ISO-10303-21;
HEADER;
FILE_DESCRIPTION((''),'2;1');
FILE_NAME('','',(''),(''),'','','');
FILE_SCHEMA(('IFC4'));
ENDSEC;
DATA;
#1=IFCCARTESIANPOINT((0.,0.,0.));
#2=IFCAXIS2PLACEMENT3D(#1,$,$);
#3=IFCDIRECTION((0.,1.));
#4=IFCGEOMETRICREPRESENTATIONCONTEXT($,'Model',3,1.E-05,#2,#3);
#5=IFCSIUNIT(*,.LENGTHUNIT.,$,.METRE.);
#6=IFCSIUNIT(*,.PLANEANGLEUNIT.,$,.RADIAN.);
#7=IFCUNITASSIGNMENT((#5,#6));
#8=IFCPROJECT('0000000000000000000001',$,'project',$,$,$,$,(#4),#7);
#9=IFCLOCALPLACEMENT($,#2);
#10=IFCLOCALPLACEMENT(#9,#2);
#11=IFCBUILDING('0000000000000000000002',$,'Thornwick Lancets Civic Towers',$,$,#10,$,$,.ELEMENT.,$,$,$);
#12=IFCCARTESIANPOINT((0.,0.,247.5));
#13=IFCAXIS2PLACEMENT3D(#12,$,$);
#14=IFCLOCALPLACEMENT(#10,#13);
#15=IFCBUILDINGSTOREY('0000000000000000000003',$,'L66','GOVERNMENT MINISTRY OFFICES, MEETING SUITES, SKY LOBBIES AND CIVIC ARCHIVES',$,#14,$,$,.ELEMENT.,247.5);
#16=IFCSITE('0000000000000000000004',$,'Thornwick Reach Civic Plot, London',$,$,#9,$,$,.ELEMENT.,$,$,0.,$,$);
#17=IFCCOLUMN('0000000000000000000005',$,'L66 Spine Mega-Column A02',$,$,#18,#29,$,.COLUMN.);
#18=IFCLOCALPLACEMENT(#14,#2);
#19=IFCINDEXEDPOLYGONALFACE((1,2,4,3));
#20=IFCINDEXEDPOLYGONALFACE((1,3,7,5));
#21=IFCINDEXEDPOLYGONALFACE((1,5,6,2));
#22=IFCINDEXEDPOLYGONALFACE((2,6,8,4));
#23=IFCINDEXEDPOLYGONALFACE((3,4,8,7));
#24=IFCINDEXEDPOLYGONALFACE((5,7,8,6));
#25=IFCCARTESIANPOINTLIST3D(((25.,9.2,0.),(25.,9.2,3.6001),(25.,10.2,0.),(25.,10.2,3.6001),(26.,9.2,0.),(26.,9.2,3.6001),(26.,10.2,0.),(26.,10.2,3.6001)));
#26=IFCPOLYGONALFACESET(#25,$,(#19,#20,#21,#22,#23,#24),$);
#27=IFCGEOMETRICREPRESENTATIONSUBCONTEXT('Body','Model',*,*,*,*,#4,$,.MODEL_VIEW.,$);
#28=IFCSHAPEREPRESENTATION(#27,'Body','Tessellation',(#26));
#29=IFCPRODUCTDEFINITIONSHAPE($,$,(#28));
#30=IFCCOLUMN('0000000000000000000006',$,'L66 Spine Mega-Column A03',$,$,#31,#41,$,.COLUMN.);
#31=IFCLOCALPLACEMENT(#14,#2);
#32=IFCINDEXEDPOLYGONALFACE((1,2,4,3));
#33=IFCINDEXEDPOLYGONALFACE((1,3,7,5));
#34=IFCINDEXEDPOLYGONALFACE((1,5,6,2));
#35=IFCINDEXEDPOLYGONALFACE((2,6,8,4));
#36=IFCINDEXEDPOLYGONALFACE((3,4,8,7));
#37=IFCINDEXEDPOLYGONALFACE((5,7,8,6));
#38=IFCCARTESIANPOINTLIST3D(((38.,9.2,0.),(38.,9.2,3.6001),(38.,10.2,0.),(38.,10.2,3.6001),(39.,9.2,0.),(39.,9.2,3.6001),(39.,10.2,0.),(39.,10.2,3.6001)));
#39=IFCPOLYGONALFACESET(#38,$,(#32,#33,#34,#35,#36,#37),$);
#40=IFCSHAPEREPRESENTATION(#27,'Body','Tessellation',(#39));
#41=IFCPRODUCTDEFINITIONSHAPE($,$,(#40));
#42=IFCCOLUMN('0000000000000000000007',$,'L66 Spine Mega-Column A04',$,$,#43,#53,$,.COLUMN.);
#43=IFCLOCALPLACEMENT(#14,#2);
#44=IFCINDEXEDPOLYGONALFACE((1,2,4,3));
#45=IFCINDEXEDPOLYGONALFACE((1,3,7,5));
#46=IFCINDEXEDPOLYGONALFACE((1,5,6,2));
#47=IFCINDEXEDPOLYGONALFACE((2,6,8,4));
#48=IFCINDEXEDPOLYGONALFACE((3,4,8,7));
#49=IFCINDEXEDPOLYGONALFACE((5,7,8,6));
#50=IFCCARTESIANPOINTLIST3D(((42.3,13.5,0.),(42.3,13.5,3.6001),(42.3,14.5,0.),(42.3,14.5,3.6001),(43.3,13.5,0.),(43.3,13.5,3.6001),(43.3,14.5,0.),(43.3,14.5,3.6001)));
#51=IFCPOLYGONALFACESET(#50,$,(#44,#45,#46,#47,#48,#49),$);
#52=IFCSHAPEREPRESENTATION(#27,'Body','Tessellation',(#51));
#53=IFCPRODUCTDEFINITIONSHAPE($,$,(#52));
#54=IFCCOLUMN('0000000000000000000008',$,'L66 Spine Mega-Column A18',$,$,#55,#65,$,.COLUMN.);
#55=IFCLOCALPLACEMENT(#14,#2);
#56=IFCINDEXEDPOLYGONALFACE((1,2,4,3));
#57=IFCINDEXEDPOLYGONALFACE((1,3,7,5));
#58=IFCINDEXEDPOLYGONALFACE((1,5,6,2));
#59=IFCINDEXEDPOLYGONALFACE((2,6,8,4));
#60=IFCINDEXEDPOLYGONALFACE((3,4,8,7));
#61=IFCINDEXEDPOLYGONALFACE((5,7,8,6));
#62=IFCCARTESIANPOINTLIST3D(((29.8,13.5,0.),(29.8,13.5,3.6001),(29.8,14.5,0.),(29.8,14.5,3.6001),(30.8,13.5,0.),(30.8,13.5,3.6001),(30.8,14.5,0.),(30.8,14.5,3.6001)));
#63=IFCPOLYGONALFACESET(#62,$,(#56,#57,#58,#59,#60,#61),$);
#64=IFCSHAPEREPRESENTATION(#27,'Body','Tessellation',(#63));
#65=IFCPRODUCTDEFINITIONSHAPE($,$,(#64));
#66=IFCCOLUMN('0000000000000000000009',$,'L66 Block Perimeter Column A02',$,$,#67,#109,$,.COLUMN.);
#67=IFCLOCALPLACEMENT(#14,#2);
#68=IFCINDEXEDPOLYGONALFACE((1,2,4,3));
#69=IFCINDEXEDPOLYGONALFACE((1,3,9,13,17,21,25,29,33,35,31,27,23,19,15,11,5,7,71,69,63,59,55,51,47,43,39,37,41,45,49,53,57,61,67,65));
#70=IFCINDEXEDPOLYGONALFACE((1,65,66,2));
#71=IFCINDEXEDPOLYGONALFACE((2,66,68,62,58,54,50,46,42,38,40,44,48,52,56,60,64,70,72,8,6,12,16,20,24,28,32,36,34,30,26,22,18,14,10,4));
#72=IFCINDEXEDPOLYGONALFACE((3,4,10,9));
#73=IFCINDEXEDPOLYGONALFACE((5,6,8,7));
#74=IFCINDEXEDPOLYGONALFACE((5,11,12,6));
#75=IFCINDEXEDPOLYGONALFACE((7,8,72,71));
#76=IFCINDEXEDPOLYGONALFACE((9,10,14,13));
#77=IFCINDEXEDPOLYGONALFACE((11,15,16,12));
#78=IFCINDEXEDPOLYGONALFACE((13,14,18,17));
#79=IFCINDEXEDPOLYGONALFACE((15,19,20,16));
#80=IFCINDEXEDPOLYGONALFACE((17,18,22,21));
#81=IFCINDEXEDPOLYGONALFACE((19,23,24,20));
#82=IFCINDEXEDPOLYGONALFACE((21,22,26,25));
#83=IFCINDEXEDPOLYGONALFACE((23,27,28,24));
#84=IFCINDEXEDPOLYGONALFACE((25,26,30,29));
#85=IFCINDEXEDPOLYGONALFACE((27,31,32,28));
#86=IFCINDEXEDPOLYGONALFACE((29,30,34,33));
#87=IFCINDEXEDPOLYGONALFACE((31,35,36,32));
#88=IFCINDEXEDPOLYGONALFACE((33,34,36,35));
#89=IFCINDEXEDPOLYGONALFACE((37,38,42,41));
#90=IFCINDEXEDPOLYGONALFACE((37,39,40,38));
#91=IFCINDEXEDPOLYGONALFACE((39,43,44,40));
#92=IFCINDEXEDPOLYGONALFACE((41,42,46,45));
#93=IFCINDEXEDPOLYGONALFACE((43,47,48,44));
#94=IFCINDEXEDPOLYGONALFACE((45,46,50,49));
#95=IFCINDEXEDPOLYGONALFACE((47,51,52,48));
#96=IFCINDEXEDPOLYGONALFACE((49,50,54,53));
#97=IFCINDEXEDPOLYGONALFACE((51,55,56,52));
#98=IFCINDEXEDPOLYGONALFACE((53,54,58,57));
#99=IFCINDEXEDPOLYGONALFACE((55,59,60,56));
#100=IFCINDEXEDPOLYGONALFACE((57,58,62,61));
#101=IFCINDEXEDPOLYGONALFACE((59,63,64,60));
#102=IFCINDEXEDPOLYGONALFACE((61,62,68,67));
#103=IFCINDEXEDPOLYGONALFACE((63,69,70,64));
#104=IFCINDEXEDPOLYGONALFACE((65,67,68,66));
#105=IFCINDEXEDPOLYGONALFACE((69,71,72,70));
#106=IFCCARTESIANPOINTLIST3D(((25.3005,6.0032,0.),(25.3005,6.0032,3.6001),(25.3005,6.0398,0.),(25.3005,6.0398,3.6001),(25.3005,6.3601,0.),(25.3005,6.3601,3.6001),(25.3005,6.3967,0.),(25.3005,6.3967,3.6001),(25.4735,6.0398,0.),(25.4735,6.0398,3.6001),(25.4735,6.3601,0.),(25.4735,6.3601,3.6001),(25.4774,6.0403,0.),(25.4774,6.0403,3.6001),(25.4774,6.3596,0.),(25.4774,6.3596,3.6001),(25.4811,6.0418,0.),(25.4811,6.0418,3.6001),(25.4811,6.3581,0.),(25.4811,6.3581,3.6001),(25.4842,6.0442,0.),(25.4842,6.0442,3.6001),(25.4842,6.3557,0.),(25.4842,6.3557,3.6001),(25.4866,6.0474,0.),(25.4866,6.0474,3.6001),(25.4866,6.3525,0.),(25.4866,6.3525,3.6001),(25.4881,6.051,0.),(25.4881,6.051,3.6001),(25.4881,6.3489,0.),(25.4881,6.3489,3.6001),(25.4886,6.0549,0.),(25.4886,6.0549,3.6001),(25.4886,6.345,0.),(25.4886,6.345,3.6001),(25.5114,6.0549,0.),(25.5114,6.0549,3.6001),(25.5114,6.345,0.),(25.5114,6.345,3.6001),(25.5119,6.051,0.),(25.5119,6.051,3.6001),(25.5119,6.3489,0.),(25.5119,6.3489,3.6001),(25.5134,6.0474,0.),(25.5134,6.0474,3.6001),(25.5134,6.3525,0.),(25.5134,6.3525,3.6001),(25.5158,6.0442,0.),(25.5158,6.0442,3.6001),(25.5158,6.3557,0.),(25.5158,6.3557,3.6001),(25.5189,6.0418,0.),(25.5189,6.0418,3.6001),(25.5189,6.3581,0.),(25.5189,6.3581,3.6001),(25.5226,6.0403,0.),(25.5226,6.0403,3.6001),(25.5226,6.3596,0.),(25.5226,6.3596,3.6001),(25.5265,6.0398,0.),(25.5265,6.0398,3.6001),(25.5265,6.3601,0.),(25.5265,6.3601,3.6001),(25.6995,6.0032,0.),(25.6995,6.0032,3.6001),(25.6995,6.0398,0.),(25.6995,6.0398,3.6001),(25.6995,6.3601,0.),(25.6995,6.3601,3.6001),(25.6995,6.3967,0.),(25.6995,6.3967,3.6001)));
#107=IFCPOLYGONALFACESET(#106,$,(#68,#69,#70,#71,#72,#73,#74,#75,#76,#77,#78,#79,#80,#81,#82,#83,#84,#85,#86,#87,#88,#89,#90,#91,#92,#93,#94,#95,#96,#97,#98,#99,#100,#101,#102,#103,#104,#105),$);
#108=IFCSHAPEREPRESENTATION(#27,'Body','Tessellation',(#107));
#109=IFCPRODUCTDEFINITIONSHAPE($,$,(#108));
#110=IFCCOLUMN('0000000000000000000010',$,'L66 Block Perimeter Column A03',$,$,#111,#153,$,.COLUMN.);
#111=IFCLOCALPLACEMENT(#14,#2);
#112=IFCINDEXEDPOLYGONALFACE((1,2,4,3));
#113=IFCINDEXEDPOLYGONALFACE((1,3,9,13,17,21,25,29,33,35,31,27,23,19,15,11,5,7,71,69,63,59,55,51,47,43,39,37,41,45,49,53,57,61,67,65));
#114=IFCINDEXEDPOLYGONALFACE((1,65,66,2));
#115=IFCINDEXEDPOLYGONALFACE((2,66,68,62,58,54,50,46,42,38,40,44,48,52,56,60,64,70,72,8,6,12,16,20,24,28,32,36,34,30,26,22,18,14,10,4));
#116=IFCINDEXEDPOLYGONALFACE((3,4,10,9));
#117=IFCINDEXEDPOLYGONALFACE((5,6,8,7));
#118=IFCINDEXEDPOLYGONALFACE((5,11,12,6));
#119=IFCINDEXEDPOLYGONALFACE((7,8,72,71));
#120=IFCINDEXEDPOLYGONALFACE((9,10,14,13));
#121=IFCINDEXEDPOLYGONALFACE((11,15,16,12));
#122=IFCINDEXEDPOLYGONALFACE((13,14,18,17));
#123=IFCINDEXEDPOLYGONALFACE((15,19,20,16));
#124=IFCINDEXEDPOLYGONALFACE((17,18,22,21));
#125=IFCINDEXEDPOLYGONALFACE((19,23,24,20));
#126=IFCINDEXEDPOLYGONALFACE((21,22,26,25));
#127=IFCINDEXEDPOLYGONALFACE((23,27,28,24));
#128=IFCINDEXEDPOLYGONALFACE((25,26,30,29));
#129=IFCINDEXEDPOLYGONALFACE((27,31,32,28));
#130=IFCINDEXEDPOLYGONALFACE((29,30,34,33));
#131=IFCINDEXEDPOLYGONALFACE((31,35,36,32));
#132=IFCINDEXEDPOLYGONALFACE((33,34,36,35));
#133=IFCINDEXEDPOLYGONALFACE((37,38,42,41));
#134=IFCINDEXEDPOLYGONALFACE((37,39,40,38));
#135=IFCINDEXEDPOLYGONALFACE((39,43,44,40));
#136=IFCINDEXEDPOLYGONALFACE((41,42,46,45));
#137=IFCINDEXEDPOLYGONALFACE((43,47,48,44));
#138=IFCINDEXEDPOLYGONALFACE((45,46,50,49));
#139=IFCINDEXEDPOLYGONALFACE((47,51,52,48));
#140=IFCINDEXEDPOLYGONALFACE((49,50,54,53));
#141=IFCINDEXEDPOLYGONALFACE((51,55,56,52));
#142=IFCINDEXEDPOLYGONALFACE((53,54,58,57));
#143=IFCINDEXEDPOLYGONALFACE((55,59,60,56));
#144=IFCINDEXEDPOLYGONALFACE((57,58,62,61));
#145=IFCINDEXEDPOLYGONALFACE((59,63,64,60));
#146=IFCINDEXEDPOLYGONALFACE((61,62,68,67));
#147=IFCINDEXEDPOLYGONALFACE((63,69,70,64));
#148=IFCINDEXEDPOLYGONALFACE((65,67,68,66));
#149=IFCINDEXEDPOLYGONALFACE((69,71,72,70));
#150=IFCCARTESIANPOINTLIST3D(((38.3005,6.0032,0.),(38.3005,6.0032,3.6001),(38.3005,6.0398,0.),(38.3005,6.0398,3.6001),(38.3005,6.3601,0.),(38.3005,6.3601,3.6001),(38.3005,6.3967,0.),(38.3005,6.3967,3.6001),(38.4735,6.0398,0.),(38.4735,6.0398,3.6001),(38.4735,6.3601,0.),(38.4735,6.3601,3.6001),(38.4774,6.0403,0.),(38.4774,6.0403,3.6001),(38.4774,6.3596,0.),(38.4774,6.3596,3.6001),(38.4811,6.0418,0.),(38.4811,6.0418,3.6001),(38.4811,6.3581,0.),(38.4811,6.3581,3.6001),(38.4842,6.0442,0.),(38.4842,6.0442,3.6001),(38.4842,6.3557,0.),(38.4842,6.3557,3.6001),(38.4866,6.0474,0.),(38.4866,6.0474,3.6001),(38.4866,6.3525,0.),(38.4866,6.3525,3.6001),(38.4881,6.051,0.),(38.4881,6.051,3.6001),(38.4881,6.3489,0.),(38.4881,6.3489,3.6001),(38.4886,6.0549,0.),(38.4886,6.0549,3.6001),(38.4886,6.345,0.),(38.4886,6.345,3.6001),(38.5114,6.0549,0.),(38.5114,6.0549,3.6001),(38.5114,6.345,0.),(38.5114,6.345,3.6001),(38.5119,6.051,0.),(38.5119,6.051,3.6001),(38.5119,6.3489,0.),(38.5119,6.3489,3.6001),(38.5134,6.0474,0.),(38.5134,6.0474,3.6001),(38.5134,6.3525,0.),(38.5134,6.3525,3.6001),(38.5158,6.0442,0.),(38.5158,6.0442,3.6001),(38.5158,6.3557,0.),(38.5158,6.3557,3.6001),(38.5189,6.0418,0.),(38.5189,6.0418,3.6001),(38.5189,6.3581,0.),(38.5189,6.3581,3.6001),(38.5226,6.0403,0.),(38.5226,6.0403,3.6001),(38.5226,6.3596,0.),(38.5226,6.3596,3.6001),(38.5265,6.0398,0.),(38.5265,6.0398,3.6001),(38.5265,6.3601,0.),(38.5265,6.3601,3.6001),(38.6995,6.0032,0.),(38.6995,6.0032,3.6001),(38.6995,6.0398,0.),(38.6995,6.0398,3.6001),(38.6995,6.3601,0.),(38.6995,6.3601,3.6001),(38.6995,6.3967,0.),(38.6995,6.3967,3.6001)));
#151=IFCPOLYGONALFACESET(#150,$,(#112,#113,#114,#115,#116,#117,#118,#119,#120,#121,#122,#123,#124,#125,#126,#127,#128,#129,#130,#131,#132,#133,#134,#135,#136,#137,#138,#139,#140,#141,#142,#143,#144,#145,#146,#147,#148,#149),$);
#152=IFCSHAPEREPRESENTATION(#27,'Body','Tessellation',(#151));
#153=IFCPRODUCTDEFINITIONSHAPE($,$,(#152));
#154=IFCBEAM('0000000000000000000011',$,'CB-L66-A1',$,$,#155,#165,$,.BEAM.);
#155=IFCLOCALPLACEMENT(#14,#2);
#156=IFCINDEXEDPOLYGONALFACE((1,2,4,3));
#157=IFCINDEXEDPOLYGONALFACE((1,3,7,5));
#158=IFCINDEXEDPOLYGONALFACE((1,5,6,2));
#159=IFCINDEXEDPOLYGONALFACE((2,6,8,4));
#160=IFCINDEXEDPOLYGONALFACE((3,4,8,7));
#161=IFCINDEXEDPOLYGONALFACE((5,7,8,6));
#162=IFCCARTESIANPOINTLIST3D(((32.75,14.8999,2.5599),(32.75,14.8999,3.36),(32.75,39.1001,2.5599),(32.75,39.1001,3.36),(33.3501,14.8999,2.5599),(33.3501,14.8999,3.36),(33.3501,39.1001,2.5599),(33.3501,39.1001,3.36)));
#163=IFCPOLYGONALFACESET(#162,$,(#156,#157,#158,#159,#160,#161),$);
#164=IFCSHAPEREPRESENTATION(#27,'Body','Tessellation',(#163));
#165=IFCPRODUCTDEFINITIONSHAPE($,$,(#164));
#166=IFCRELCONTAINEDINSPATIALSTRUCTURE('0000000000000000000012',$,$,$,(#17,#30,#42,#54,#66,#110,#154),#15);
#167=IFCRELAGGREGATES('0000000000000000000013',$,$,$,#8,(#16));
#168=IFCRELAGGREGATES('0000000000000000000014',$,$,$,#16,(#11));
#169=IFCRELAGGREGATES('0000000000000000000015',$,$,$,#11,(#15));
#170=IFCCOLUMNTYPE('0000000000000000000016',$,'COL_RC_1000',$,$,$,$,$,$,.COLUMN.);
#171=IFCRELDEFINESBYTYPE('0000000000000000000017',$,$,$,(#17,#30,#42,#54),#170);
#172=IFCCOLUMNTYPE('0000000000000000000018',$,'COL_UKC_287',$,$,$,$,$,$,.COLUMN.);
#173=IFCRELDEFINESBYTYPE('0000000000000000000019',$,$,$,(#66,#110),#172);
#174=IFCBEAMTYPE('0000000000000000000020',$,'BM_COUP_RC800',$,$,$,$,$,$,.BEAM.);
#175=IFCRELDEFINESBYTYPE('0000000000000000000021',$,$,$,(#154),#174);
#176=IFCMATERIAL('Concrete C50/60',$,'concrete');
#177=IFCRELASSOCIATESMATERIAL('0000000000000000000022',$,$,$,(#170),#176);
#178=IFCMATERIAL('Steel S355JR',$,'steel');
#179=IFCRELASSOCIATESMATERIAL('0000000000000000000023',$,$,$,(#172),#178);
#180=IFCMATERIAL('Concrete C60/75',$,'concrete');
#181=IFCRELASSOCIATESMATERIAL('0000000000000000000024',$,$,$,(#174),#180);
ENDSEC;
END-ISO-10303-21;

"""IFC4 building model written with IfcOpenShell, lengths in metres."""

from ifc_helpers import new_model, si_unit, direction, frame, origin, origin_2d, place, context, subcontext, project, spatial, rectangle, i_section, extrude, material, material_profile, profile_set, type_object, element, save


model = new_model("IFC4")

# Units and contexts
model_context = context("Model", 3, precision=1e-05, world=origin(), true_north=direction((0.0, 1.0)))
body_context = subcontext(model_context, "Body", "Model", "MODEL_VIEW")
ifc_project = project(units=[si_unit("LENGTHUNIT", "METRE"), si_unit("PLANEANGLEUNIT", "RADIAN")], contexts=[model_context])

# Site, building, storey
site_placement = place(None, origin())
site = spatial("IfcSite", under=ifc_project, at=site_placement, Name="Thornwick Reach Civic Plot, London", CompositionType="ELEMENT", RefElevation=0.0)
building_placement = place(site_placement, origin())
building = spatial("IfcBuilding", under=site, at=building_placement, Name="Thornwick Lancets Civic Towers", CompositionType="ELEMENT")
storey_placement = place(building_placement, frame((0.0, 0.0, 247.5)))
storey = spatial("IfcBuildingStorey", under=building, at=storey_placement, Name="L66", Description="GOVERNMENT MINISTRY OFFICES, MEETING SUITES, SKY LOBBIES AND CIVIC ARCHIVES", CompositionType="ELEMENT", Elevation=247.5)

# Columns
ifc_material_1 = material(Name="Concrete C50/60", Category="concrete")
ifc_material_profile_1 = material_profile(ifc_material_1, rectangle(XDim=1.0, YDim=1.0, at=origin_2d()), Name="RC 1000x1000")
ifc_profile_set_1 = profile_set([ifc_material_profile_1], Name="Concrete C50/60")
column_type_1 = type_object("IfcColumnType", Name="COL_RC_1000", PredefinedType="COLUMN", material=ifc_profile_set_1)
for number, where, z_axis, x_axis, name in (
    (1, (25.5, 9.7, 0.0), (0.0, 0.0, 1.0), (1.0, 0.0, 0.0), "L66 Spine Mega-Column A02"),
    (2, (38.5, 9.7, 0.0), (0.0, 0.0, 1.0), (1.0, 0.0, 0.0), "L66 Spine Mega-Column A03"),
    (3, (42.8, 14.0, 0.0), (0.0, 0.0, 1.0), (1.0, 0.0, 0.0), "L66 Spine Mega-Column A04"),
    (4, (30.3, 14.0, 0.0), (0.0, 0.0, 1.0), (1.0, 0.0, 0.0), "L66 Spine Mega-Column A18"),
):
    element("IfcColumn", number, at=place(storey_placement, frame(where, z_axis=z_axis, x_axis=x_axis)), inside=storey, type_object=column_type_1, Name=name, PredefinedType="COLUMN", context=body_context, shape_type="SweptSolid", body=[
        extrude(rectangle(XDim=1.0, YDim=1.0, at=origin_2d()), origin(), (0.0, 0.0, 1.0), 3.6001),
    ])
ifc_material_2 = material(Name="Steel S355JR", Category="steel")
ifc_material_profile_2 = material_profile(ifc_material_2, i_section(OverallWidth=0.3989, OverallDepth=0.3936, WebThickness=0.0227, FlangeThickness=0.0366, FilletRadius=0.0151, at=origin_2d()), Name="UKC 356x406x287")
ifc_profile_set_2 = profile_set([ifc_material_profile_2], Name="Steel S355JR")
column_type_2 = type_object("IfcColumnType", Name="COL_UKC_287", PredefinedType="COLUMN", material=ifc_profile_set_2)
for number, where, z_axis, x_axis, name in (
    (5, (25.5, 6.2, 0.0), (0.0, 0.0, 1.0), (1.0, 0.0, 0.0), "L66 Block Perimeter Column A02"),
    (6, (38.5, 6.2, 0.0), (0.0, 0.0, 1.0), (1.0, 0.0, 0.0), "L66 Block Perimeter Column A03"),
):
    element("IfcColumn", number, at=place(storey_placement, frame(where, z_axis=z_axis, x_axis=x_axis)), inside=storey, type_object=column_type_2, Name=name, PredefinedType="COLUMN", context=body_context, shape_type="SweptSolid", body=[
        extrude(i_section(OverallWidth=0.3989, OverallDepth=0.3936, WebThickness=0.0227, FlangeThickness=0.0366, FilletRadius=0.0151, at=origin_2d()), origin(), (0.0, 0.0, 1.0), 3.6001),
    ])

# Beam
ifc_material_3 = material(Name="Concrete C60/75", Category="concrete")
ifc_material_profile_3 = material_profile(ifc_material_3, rectangle(XDim=0.6001, YDim=0.8, at=origin_2d()), Name="RC 600x800")
ifc_profile_set_3 = profile_set([ifc_material_profile_3], Name="Concrete C60/75")
beam_type_1 = type_object("IfcBeamType", Name="BM_COUP_RC800", PredefinedType="BEAM", material=ifc_profile_set_3)
beam_1_placement = place(storey_placement, frame((33.05, 14.8999, 2.96), z_axis=(0.0, 1.0, 0.0), x_axis=(-1.0, 0.0, 0.0)))
element("IfcBeam", 7, at=beam_1_placement, inside=storey, type_object=beam_type_1, Name="CB-L66-A1", PredefinedType="BEAM", context=body_context, shape_type="SweptSolid", body=[
    extrude(rectangle(XDim=0.6001, YDim=0.8, at=origin_2d()), origin(), (0.0, 0.0, 1.0), 24.2002),
])

save(model, "model.ifc")
